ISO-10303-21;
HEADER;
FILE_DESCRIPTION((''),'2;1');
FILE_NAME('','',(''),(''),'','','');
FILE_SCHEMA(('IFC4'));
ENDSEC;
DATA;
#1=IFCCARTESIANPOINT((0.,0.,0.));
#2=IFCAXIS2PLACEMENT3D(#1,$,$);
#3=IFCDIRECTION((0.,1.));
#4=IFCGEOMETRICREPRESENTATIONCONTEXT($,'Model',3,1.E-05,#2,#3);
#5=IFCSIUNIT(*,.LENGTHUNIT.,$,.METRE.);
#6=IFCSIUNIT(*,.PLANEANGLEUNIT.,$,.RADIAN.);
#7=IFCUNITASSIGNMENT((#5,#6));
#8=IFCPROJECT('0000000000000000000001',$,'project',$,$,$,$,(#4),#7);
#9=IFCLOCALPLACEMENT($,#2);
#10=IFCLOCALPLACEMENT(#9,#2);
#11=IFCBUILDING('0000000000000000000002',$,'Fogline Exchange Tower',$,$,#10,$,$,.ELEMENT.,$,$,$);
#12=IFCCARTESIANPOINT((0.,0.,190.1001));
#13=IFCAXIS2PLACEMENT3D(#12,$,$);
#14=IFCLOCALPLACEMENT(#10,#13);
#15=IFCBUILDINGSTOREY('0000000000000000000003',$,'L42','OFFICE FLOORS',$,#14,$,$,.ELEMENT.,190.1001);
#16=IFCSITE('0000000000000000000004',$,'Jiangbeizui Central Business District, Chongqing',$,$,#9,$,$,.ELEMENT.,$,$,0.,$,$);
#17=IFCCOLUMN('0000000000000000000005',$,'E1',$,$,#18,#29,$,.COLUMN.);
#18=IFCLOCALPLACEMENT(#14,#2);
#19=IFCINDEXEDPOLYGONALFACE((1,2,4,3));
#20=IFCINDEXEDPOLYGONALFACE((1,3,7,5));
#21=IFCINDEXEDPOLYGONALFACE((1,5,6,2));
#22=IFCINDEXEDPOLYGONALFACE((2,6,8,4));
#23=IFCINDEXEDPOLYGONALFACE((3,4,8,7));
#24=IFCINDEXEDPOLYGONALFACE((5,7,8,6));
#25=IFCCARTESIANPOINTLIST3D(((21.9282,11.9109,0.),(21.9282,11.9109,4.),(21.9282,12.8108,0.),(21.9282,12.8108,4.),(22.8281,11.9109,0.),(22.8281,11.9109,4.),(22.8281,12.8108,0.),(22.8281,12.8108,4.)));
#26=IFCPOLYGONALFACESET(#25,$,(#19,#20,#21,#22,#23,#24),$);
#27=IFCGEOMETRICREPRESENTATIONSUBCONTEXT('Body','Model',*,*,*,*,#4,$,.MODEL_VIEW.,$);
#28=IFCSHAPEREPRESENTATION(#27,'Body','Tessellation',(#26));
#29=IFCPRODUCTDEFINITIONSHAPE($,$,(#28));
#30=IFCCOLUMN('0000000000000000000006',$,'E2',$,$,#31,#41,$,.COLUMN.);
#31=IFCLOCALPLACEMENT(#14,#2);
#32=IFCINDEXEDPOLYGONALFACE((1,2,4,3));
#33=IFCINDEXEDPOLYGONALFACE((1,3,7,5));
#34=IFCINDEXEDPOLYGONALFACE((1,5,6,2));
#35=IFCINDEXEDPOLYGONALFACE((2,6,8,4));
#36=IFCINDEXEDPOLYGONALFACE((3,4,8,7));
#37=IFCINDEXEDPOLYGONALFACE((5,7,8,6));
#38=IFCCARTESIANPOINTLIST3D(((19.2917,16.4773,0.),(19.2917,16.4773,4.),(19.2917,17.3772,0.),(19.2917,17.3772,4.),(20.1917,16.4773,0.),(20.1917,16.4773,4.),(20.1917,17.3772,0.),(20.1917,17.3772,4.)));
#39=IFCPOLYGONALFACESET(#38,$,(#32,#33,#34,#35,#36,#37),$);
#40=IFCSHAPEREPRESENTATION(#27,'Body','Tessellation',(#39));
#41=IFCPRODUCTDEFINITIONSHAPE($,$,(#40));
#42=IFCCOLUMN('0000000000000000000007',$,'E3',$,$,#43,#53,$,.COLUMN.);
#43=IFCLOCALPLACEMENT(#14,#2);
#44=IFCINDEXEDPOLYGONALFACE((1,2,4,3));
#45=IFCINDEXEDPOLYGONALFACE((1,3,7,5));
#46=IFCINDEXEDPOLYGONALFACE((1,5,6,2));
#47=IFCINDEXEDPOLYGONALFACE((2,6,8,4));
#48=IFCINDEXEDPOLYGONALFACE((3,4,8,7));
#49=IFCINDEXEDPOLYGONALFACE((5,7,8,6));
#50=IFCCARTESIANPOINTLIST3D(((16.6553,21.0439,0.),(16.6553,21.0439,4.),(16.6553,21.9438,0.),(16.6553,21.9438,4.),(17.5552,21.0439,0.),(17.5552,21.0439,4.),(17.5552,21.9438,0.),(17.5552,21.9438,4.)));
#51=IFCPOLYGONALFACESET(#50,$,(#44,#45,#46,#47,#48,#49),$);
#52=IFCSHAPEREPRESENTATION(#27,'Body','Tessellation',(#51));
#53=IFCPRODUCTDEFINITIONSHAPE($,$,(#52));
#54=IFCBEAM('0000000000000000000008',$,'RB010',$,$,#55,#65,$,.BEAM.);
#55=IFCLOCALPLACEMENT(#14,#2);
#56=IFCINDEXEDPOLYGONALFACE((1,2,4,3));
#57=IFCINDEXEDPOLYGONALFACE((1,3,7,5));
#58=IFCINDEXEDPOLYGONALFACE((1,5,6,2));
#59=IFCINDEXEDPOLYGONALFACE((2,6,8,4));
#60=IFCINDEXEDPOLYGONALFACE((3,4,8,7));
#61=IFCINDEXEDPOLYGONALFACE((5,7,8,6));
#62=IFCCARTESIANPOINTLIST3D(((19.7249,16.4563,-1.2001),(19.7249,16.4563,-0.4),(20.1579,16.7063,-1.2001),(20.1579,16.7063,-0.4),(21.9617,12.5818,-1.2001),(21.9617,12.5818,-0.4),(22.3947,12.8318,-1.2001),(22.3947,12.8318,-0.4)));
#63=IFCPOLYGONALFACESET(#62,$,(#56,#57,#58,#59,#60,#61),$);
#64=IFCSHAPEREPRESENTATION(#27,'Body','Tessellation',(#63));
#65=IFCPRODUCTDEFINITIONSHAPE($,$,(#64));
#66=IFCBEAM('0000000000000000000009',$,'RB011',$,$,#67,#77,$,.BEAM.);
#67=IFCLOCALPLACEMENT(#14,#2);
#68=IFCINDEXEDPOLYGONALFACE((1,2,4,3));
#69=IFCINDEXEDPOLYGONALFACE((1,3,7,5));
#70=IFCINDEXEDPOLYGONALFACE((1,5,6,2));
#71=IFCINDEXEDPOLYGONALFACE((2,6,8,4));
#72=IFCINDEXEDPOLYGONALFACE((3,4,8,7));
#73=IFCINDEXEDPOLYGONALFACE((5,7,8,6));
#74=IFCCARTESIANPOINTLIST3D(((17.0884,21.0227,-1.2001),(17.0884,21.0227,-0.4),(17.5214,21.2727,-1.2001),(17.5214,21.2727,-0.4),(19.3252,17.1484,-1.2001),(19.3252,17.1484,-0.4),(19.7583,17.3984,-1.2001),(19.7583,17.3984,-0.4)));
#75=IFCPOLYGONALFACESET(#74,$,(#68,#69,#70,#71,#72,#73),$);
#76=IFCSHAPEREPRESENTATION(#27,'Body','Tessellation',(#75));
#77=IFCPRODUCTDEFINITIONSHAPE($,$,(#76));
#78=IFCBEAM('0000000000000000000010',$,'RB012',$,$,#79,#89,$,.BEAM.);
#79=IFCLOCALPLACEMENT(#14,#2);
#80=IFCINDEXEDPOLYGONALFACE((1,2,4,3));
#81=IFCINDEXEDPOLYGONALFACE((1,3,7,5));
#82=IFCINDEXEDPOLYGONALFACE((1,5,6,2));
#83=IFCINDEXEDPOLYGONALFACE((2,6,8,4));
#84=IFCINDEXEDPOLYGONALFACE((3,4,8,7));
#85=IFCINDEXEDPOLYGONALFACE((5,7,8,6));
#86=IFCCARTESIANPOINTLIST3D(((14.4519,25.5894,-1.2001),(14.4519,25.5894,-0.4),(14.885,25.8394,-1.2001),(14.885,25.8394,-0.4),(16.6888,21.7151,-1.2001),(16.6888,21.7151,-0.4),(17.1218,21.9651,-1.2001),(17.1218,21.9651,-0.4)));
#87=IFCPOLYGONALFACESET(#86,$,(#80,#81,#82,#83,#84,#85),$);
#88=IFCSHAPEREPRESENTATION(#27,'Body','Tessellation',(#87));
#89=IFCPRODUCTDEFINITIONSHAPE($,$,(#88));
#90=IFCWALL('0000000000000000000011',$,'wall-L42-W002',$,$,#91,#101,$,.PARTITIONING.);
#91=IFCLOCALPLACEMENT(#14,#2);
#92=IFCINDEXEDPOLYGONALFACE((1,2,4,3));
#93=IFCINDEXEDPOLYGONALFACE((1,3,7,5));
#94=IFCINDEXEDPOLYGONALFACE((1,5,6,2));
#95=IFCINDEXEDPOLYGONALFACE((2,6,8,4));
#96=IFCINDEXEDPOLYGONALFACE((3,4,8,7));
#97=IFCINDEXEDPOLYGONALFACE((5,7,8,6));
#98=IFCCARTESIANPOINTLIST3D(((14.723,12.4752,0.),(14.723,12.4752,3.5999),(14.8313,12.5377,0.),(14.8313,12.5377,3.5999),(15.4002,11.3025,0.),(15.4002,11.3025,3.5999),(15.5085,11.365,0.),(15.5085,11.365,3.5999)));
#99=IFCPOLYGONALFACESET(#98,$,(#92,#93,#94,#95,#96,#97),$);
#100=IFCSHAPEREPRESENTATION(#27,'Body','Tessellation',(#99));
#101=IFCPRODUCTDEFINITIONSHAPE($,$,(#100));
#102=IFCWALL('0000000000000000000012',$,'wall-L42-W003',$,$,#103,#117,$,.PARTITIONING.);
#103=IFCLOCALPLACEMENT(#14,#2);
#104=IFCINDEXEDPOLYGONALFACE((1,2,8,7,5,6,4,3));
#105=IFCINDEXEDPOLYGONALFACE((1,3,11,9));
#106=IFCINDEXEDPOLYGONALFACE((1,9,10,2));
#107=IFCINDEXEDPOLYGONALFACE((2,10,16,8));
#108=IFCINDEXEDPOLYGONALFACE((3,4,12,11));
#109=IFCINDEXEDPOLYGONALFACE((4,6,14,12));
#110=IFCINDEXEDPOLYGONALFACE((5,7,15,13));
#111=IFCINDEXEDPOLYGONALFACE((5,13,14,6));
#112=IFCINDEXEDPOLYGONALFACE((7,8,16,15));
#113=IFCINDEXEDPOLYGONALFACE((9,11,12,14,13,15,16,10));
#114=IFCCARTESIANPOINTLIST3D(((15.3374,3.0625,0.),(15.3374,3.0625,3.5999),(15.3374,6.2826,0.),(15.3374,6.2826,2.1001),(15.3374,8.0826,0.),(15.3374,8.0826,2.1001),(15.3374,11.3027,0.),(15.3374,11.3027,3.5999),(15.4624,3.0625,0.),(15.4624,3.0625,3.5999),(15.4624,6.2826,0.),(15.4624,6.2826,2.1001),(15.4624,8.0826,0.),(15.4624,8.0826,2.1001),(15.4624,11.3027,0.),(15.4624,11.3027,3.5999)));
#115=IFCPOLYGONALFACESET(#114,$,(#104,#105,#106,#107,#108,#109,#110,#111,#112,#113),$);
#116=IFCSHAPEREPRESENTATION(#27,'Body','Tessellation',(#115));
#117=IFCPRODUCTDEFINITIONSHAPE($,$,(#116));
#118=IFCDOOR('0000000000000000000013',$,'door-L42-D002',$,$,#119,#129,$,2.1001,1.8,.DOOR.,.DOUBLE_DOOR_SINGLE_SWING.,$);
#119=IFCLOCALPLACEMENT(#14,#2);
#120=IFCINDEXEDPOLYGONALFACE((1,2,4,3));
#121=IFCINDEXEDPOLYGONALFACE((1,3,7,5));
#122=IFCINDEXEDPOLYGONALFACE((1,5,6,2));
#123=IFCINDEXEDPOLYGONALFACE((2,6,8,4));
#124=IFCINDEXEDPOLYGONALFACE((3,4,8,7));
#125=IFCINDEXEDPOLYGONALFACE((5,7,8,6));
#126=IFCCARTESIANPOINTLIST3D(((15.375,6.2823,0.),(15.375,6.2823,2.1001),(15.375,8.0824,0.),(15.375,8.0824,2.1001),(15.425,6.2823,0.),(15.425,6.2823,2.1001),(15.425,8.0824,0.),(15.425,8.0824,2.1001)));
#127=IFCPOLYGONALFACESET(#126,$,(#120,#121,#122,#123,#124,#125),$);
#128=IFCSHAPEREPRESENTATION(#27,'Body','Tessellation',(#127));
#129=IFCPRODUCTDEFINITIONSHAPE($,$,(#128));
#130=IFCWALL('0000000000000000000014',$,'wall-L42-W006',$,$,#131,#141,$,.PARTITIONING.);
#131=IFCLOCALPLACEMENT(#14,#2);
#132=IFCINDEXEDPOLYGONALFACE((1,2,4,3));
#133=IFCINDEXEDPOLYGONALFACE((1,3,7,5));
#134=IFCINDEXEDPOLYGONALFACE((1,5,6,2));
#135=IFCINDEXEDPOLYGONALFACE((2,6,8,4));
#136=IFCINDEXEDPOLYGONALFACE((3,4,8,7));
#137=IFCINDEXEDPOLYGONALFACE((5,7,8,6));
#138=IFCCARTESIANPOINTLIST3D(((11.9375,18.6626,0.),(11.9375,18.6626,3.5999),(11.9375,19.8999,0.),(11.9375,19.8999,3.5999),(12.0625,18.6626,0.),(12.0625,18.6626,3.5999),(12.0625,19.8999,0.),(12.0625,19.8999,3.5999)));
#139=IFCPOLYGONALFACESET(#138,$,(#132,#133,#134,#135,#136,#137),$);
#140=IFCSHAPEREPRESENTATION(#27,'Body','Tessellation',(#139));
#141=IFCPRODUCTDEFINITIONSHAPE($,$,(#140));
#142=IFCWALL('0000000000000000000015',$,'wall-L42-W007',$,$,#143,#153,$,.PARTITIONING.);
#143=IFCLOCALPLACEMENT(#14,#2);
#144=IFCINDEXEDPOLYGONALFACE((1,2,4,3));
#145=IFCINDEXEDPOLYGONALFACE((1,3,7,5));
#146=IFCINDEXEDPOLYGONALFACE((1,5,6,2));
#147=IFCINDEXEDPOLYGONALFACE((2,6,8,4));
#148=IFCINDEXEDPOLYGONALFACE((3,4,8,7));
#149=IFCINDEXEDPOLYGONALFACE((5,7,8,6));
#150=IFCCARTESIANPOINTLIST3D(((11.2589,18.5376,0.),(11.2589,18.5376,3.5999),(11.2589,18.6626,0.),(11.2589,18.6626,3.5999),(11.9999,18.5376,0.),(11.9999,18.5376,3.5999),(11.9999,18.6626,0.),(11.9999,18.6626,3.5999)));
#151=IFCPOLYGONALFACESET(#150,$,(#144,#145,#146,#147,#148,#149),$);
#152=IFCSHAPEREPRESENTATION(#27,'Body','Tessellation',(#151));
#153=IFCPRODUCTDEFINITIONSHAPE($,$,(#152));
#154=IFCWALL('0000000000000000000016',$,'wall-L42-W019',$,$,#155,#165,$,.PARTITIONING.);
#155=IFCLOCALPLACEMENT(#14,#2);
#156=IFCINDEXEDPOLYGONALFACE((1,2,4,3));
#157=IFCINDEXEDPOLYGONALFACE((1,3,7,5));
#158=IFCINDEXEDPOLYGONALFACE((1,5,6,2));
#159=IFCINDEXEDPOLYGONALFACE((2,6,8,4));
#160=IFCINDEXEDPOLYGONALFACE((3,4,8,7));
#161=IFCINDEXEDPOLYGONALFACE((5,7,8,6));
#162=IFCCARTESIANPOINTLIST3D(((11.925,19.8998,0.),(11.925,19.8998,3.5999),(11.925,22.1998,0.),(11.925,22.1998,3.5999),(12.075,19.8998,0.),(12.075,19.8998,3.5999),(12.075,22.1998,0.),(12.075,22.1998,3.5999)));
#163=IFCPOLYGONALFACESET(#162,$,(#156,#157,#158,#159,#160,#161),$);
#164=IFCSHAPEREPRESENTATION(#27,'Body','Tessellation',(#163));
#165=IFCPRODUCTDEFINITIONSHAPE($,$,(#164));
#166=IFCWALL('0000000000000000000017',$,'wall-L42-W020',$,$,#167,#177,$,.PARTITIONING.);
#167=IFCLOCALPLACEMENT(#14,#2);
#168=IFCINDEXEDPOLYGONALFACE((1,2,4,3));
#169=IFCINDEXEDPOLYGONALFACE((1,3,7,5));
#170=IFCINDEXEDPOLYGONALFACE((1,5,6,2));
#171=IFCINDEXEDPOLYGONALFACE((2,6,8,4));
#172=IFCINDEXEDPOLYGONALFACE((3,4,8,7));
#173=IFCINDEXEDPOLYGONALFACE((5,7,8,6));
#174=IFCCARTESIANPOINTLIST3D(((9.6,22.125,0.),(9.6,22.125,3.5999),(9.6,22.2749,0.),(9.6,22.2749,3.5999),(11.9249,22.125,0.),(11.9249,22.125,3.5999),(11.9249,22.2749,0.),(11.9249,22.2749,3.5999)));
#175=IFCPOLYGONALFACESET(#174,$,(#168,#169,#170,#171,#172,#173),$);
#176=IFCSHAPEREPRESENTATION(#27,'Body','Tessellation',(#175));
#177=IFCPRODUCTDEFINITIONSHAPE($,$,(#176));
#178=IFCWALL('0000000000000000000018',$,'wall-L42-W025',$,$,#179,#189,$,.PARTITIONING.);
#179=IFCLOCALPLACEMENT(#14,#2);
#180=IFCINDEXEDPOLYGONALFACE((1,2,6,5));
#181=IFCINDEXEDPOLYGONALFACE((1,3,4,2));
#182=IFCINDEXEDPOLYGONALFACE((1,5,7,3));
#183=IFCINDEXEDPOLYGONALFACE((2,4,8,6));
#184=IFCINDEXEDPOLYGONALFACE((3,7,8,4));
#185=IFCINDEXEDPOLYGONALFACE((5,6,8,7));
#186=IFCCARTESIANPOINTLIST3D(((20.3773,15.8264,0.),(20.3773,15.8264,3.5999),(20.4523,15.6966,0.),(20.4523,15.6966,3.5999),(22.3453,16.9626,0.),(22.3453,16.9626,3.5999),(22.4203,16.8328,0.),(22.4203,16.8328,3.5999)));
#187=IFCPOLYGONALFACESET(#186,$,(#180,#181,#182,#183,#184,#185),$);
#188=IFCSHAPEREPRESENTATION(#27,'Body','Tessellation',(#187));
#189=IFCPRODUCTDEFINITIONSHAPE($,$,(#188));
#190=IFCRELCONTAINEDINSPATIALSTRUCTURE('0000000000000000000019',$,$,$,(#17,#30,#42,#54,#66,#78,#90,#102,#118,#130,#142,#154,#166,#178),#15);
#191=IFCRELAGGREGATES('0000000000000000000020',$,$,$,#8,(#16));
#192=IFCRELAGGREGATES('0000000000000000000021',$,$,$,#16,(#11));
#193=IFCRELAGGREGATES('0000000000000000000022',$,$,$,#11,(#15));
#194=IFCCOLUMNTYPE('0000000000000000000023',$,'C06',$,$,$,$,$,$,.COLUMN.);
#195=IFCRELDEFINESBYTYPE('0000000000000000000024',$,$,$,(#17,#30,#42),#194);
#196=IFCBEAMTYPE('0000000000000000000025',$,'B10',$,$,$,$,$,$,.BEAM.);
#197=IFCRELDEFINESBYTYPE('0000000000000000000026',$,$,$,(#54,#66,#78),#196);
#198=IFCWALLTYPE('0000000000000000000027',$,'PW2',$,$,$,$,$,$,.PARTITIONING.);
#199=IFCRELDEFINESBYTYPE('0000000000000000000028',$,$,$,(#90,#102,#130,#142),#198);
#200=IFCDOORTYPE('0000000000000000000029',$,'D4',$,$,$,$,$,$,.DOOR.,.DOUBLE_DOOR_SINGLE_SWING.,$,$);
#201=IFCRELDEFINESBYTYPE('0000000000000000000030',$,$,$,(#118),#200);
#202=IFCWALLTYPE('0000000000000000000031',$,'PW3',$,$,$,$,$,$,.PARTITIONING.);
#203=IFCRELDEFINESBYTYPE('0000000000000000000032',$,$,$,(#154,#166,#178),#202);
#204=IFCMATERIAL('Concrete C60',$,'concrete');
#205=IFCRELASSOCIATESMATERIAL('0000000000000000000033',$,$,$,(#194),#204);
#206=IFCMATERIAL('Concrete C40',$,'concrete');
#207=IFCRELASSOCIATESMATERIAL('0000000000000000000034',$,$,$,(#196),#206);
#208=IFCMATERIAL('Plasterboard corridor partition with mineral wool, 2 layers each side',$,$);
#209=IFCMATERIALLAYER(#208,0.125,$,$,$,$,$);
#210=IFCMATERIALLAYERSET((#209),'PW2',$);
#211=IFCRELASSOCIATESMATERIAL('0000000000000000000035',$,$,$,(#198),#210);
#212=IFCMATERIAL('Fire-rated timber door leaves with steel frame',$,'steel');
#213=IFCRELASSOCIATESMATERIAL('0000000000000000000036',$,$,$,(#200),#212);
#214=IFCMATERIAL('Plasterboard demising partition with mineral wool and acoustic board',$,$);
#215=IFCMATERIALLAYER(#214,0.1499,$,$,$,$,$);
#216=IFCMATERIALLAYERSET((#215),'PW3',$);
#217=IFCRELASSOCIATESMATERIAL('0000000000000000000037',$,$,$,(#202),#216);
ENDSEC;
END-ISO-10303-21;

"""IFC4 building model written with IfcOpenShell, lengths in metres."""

from ifc_helpers import new_model, si_unit, direction, frame, frame_2d, origin, origin_2d, place, context, subcontext, project, spatial, rectangle, extrude, material, layer, layer_set, material_profile, profile_set, type_object, element, fill, save


model = new_model("IFC4")

# Units and contexts
model_context = context("Model", 3, precision=1e-05, world=origin(), true_north=direction((0.0, 1.0)))
body_context = subcontext(model_context, "Body", "Model", "MODEL_VIEW")
ifc_project = project(units=[si_unit("LENGTHUNIT", "METRE"), si_unit("PLANEANGLEUNIT", "RADIAN")], contexts=[model_context])

# Site, building, storey
site_placement = place(None, origin())
site = spatial("IfcSite", under=ifc_project, at=site_placement, Name="Jiangbeizui Central Business District, Chongqing", CompositionType="ELEMENT", RefElevation=0.0)
building_placement = place(site_placement, origin())
building = spatial("IfcBuilding", under=site, at=building_placement, Name="Fogline Exchange Tower", CompositionType="ELEMENT")
storey_placement = place(building_placement, frame((0.0, 0.0, 190.1001)))
storey = spatial("IfcBuildingStorey", under=building, at=storey_placement, Name="L42", Description="OFFICE FLOORS", CompositionType="ELEMENT", Elevation=190.1001)

# Columns
ifc_material_1 = material(Name="Concrete C60", Category="concrete")
ifc_material_profile_1 = material_profile(ifc_material_1, rectangle(XDim=0.8999, YDim=0.8999, at=origin_2d()), Name="RC 900x900")
ifc_profile_set_1 = profile_set([ifc_material_profile_1], Name="Concrete C60")
column_type = type_object("IfcColumnType", Name="C06", PredefinedType="COLUMN", material=ifc_profile_set_1)
for number, where, z_axis, x_axis, name in (
    (1, (22.3782, 12.3608, 0.0), (0.0, 0.0, 1.0), (1.0, 0.0, 0.0), "E1"),
    (2, (19.7417, 16.9272, 0.0), (0.0, 0.0, 1.0), (1.0, 0.0, 0.0), "E2"),
    (3, (17.1052, 21.4939, 0.0), (0.0, 0.0, 1.0), (1.0, 0.0, 0.0), "E3"),
):
    element("IfcColumn", number, at=place(storey_placement, frame(where, z_axis=z_axis, x_axis=x_axis)), inside=storey, type_object=column_type, Name=name, PredefinedType="COLUMN", context=body_context, shape_type="SweptSolid", body=[
        extrude(rectangle(XDim=0.8999, YDim=0.8999, at=origin_2d()), origin(), (0.0, 0.0, 1.0), 4.0),
    ])

# Beams
ifc_material_2 = material(Name="Concrete C40", Category="concrete")
ifc_material_profile_2 = material_profile(ifc_material_2, rectangle(XDim=0.5, YDim=0.8, at=origin_2d()), Name="RC 500x800")
ifc_profile_set_2 = profile_set([ifc_material_profile_2], Name="Concrete C40")
beam_type = type_object("IfcBeamType", Name="B10", PredefinedType="BEAM", material=ifc_profile_set_2)
beam_placement = place(storey_placement, frame((22.1782, 12.7068, -0.8), z_axis=(-0.499978, 0.866038, 0.0), x_axis=(-0.866038, -0.499978, 0.0)))
element("IfcBeam", 4, at=beam_placement, inside=storey, type_object=beam_type, Name="RB010", PredefinedType="BEAM", context=body_context, shape_type="SweptSolid", body=[
    extrude(rectangle(XDim=0.5, YDim=0.8, at=origin_2d()), origin(), (0.0, 0.0, 1.0), 4.4739),
])
for number, where, z_axis, x_axis, name in (
    (5, (19.5417, 17.2734, -0.8), (-0.500001, 0.866025, 0.0), (-0.866025, -0.500001, 0.0), "RB011"),
    (6, (16.9053, 21.8401, -0.8), (-0.500001, 0.866025, 0.0), (-0.866025, -0.500001, 0.0), "RB012"),
):
    element("IfcBeam", number, at=place(storey_placement, frame(where, z_axis=z_axis, x_axis=x_axis)), inside=storey, type_object=beam_type, Name=name, PredefinedType="BEAM", context=body_context, shape_type="SweptSolid", body=[
        extrude(rectangle(XDim=0.5, YDim=0.8, at=origin_2d()), origin(), (0.0, 0.0, 1.0), 4.4736),
    ])

# Wall
ifc_material_3 = material(Name="Plasterboard corridor partition with mineral wool, 2 layers each side")
ifc_layer_1 = layer(ifc_material_3, 0.125)
ifc_layer_set_1 = layer_set([ifc_layer_1], Name="PW2")
wall_type_1 = type_object("IfcWallType", Name="PW2", PredefinedType="PARTITIONING", material=ifc_layer_set_1)
wall_1_placement = place(storey_placement, frame((14.7771, 12.5066, 0.0), z_axis=(0.0, 0.0, 1.0), x_axis=(0.500055, -0.865993, 0.0)))
element("IfcWall", 7, at=wall_1_placement, inside=storey, type_object=wall_type_1, Name="wall-L42-W002", PredefinedType="PARTITIONING", context=body_context, shape_type="SweptSolid", body=[
    extrude(rectangle(XDim=1.3542, YDim=0.125, at=frame_2d((0.6772, 0.0))), origin(), (0.0, 0.0, 1.0), 3.5999),
])

# Wall, opening, door
wall_2_placement = place(storey_placement, frame((15.3999, 11.3027, 0.0), z_axis=(0.0, 0.0, 1.0), x_axis=(0.0, -1.0, 0.0)))
wall_2 = element("IfcWall", 8, at=wall_2_placement, inside=storey, type_object=wall_type_1, Name="wall-L42-W003", PredefinedType="PARTITIONING", context=body_context, shape_type="SweptSolid", body=[
    extrude(rectangle(XDim=8.2402, YDim=0.125, at=frame_2d((4.1201, 0.0))), origin(), (0.0, 0.0, 1.0), 3.5999),
])
opening_placement = place(wall_2_placement, frame((3.2202, 0.0, 0.0)))
opening = element("IfcOpeningElement", 9, at=opening_placement, cuts=wall_2, PredefinedType="OPENING", context=body_context, shape_type="SweptSolid", body=[
    extrude(rectangle(XDim=1.8, YDim=2.1001, at=frame_2d((0.8999, 1.05))), frame((0.0, 0.0725, 0.0), z_axis=(0.0, -1.0, 0.0), x_axis=(1.0, 0.0, 0.0)), (0.0, 0.0, 1.0), 0.145),
])
ifc_material_4 = material(Name="Fire-rated timber door leaves with steel frame", Category="steel")
door_type = type_object("IfcDoorType", Name="D4", OperationType="DOUBLE_DOOR_SINGLE_SWING", PredefinedType="DOOR", material=ifc_material_4)
door_placement = place(opening_placement, frame((1.8, 0.0, 0.0), z_axis=(0.0, 0.0, 1.0), x_axis=(-1.0, 0.0, 0.0)))
door = element("IfcDoor", 10, at=door_placement, inside=storey, type_object=door_type, Name="door-L42-D002", OperationType="DOUBLE_DOOR_SINGLE_SWING", OverallHeight=2.1001, OverallWidth=1.8, PredefinedType="DOOR", context=body_context, shape_type="SweptSolid", body=[
    extrude(rectangle(XDim=1.8, YDim=2.1001, at=frame_2d((0.8999, 1.05))), frame((0.0, 0.0249, 0.0), z_axis=(0.0, -1.0, 0.0), x_axis=(1.0, 0.0, 0.0)), (0.0, 0.0, 1.0), 0.05),
])
fill(opening, door)

# Walls
wall_3_placement = place(storey_placement, frame((12.0, 19.8999, 0.0), z_axis=(0.0, 0.0, 1.0), x_axis=(0.0, -1.0, 0.0)))
element("IfcWall", 11, at=wall_3_placement, inside=storey, type_object=wall_type_1, Name="wall-L42-W006", PredefinedType="PARTITIONING", context=body_context, shape_type="SweptSolid", body=[
    extrude(rectangle(XDim=1.2373, YDim=0.125, at=frame_2d((0.6187, 0.0))), origin(), (0.0, 0.0, 1.0), 3.5999),
])
wall_4_placement = place(storey_placement, frame((12.0, 18.6001, 0.0), z_axis=(0.0, 0.0, 1.0), x_axis=(-1.0, 0.0, 0.0)))
element("IfcWall", 12, at=wall_4_placement, inside=storey, type_object=wall_type_1, Name="wall-L42-W007", PredefinedType="PARTITIONING", context=body_context, shape_type="SweptSolid", body=[
    extrude(rectangle(XDim=0.741, YDim=0.125, at=frame_2d((0.3706, 0.0))), origin(), (0.0, 0.0, 1.0), 3.5999),
])
ifc_material_5 = material(Name="Plasterboard demising partition with mineral wool and acoustic board")
ifc_layer_2 = layer(ifc_material_5, 0.1499)
ifc_layer_set_2 = layer_set([ifc_layer_2], Name="PW3")
wall_type_2 = type_object("IfcWallType", Name="PW3", PredefinedType="PARTITIONING", material=ifc_layer_set_2)
wall_5_placement = place(storey_placement, frame((12.0, 19.8999, 0.0), z_axis=(0.0, 0.0, 1.0), x_axis=(0.0, 1.0, 0.0)))
element("IfcWall", 13, at=wall_5_placement, inside=storey, type_object=wall_type_2, Name="wall-L42-W019", PredefinedType="PARTITIONING", context=body_context, shape_type="SweptSolid", body=[
    extrude(rectangle(XDim=2.3, YDim=0.1499, at=frame_2d((1.1499, 0.0))), origin(), (0.0, 0.0, 1.0), 3.5999),
])
wall_6_placement = place(storey_placement, frame((11.925, 22.2, 0.0), z_axis=(0.0, 0.0, 1.0), x_axis=(-1.0, 0.0, 0.0)))
element("IfcWall", 14, at=wall_6_placement, inside=storey, type_object=wall_type_2, Name="wall-L42-W020", PredefinedType="PARTITIONING", context=body_context, shape_type="SweptSolid", body=[
    extrude(rectangle(XDim=2.325, YDim=0.1499, at=frame_2d((1.1626, 0.0))), origin(), (0.0, 0.0, 1.0), 3.5999),
])
wall_7_placement = place(storey_placement, frame((22.3828, 16.8977, 0.0), z_axis=(0.0, 0.0, 1.0), x_axis=(-0.866026, -0.499998, 0.0)))
element("IfcWall", 15, at=wall_7_placement, inside=storey, type_object=wall_type_2, Name="wall-L42-W025", PredefinedType="PARTITIONING", context=body_context, shape_type="SweptSolid", body=[
    extrude(rectangle(XDim=2.2725, YDim=0.1499, at=frame_2d((1.1362, 0.0))), origin(), (0.0, 0.0, 1.0), 3.5999),
])

save(model, "model.ifc")
